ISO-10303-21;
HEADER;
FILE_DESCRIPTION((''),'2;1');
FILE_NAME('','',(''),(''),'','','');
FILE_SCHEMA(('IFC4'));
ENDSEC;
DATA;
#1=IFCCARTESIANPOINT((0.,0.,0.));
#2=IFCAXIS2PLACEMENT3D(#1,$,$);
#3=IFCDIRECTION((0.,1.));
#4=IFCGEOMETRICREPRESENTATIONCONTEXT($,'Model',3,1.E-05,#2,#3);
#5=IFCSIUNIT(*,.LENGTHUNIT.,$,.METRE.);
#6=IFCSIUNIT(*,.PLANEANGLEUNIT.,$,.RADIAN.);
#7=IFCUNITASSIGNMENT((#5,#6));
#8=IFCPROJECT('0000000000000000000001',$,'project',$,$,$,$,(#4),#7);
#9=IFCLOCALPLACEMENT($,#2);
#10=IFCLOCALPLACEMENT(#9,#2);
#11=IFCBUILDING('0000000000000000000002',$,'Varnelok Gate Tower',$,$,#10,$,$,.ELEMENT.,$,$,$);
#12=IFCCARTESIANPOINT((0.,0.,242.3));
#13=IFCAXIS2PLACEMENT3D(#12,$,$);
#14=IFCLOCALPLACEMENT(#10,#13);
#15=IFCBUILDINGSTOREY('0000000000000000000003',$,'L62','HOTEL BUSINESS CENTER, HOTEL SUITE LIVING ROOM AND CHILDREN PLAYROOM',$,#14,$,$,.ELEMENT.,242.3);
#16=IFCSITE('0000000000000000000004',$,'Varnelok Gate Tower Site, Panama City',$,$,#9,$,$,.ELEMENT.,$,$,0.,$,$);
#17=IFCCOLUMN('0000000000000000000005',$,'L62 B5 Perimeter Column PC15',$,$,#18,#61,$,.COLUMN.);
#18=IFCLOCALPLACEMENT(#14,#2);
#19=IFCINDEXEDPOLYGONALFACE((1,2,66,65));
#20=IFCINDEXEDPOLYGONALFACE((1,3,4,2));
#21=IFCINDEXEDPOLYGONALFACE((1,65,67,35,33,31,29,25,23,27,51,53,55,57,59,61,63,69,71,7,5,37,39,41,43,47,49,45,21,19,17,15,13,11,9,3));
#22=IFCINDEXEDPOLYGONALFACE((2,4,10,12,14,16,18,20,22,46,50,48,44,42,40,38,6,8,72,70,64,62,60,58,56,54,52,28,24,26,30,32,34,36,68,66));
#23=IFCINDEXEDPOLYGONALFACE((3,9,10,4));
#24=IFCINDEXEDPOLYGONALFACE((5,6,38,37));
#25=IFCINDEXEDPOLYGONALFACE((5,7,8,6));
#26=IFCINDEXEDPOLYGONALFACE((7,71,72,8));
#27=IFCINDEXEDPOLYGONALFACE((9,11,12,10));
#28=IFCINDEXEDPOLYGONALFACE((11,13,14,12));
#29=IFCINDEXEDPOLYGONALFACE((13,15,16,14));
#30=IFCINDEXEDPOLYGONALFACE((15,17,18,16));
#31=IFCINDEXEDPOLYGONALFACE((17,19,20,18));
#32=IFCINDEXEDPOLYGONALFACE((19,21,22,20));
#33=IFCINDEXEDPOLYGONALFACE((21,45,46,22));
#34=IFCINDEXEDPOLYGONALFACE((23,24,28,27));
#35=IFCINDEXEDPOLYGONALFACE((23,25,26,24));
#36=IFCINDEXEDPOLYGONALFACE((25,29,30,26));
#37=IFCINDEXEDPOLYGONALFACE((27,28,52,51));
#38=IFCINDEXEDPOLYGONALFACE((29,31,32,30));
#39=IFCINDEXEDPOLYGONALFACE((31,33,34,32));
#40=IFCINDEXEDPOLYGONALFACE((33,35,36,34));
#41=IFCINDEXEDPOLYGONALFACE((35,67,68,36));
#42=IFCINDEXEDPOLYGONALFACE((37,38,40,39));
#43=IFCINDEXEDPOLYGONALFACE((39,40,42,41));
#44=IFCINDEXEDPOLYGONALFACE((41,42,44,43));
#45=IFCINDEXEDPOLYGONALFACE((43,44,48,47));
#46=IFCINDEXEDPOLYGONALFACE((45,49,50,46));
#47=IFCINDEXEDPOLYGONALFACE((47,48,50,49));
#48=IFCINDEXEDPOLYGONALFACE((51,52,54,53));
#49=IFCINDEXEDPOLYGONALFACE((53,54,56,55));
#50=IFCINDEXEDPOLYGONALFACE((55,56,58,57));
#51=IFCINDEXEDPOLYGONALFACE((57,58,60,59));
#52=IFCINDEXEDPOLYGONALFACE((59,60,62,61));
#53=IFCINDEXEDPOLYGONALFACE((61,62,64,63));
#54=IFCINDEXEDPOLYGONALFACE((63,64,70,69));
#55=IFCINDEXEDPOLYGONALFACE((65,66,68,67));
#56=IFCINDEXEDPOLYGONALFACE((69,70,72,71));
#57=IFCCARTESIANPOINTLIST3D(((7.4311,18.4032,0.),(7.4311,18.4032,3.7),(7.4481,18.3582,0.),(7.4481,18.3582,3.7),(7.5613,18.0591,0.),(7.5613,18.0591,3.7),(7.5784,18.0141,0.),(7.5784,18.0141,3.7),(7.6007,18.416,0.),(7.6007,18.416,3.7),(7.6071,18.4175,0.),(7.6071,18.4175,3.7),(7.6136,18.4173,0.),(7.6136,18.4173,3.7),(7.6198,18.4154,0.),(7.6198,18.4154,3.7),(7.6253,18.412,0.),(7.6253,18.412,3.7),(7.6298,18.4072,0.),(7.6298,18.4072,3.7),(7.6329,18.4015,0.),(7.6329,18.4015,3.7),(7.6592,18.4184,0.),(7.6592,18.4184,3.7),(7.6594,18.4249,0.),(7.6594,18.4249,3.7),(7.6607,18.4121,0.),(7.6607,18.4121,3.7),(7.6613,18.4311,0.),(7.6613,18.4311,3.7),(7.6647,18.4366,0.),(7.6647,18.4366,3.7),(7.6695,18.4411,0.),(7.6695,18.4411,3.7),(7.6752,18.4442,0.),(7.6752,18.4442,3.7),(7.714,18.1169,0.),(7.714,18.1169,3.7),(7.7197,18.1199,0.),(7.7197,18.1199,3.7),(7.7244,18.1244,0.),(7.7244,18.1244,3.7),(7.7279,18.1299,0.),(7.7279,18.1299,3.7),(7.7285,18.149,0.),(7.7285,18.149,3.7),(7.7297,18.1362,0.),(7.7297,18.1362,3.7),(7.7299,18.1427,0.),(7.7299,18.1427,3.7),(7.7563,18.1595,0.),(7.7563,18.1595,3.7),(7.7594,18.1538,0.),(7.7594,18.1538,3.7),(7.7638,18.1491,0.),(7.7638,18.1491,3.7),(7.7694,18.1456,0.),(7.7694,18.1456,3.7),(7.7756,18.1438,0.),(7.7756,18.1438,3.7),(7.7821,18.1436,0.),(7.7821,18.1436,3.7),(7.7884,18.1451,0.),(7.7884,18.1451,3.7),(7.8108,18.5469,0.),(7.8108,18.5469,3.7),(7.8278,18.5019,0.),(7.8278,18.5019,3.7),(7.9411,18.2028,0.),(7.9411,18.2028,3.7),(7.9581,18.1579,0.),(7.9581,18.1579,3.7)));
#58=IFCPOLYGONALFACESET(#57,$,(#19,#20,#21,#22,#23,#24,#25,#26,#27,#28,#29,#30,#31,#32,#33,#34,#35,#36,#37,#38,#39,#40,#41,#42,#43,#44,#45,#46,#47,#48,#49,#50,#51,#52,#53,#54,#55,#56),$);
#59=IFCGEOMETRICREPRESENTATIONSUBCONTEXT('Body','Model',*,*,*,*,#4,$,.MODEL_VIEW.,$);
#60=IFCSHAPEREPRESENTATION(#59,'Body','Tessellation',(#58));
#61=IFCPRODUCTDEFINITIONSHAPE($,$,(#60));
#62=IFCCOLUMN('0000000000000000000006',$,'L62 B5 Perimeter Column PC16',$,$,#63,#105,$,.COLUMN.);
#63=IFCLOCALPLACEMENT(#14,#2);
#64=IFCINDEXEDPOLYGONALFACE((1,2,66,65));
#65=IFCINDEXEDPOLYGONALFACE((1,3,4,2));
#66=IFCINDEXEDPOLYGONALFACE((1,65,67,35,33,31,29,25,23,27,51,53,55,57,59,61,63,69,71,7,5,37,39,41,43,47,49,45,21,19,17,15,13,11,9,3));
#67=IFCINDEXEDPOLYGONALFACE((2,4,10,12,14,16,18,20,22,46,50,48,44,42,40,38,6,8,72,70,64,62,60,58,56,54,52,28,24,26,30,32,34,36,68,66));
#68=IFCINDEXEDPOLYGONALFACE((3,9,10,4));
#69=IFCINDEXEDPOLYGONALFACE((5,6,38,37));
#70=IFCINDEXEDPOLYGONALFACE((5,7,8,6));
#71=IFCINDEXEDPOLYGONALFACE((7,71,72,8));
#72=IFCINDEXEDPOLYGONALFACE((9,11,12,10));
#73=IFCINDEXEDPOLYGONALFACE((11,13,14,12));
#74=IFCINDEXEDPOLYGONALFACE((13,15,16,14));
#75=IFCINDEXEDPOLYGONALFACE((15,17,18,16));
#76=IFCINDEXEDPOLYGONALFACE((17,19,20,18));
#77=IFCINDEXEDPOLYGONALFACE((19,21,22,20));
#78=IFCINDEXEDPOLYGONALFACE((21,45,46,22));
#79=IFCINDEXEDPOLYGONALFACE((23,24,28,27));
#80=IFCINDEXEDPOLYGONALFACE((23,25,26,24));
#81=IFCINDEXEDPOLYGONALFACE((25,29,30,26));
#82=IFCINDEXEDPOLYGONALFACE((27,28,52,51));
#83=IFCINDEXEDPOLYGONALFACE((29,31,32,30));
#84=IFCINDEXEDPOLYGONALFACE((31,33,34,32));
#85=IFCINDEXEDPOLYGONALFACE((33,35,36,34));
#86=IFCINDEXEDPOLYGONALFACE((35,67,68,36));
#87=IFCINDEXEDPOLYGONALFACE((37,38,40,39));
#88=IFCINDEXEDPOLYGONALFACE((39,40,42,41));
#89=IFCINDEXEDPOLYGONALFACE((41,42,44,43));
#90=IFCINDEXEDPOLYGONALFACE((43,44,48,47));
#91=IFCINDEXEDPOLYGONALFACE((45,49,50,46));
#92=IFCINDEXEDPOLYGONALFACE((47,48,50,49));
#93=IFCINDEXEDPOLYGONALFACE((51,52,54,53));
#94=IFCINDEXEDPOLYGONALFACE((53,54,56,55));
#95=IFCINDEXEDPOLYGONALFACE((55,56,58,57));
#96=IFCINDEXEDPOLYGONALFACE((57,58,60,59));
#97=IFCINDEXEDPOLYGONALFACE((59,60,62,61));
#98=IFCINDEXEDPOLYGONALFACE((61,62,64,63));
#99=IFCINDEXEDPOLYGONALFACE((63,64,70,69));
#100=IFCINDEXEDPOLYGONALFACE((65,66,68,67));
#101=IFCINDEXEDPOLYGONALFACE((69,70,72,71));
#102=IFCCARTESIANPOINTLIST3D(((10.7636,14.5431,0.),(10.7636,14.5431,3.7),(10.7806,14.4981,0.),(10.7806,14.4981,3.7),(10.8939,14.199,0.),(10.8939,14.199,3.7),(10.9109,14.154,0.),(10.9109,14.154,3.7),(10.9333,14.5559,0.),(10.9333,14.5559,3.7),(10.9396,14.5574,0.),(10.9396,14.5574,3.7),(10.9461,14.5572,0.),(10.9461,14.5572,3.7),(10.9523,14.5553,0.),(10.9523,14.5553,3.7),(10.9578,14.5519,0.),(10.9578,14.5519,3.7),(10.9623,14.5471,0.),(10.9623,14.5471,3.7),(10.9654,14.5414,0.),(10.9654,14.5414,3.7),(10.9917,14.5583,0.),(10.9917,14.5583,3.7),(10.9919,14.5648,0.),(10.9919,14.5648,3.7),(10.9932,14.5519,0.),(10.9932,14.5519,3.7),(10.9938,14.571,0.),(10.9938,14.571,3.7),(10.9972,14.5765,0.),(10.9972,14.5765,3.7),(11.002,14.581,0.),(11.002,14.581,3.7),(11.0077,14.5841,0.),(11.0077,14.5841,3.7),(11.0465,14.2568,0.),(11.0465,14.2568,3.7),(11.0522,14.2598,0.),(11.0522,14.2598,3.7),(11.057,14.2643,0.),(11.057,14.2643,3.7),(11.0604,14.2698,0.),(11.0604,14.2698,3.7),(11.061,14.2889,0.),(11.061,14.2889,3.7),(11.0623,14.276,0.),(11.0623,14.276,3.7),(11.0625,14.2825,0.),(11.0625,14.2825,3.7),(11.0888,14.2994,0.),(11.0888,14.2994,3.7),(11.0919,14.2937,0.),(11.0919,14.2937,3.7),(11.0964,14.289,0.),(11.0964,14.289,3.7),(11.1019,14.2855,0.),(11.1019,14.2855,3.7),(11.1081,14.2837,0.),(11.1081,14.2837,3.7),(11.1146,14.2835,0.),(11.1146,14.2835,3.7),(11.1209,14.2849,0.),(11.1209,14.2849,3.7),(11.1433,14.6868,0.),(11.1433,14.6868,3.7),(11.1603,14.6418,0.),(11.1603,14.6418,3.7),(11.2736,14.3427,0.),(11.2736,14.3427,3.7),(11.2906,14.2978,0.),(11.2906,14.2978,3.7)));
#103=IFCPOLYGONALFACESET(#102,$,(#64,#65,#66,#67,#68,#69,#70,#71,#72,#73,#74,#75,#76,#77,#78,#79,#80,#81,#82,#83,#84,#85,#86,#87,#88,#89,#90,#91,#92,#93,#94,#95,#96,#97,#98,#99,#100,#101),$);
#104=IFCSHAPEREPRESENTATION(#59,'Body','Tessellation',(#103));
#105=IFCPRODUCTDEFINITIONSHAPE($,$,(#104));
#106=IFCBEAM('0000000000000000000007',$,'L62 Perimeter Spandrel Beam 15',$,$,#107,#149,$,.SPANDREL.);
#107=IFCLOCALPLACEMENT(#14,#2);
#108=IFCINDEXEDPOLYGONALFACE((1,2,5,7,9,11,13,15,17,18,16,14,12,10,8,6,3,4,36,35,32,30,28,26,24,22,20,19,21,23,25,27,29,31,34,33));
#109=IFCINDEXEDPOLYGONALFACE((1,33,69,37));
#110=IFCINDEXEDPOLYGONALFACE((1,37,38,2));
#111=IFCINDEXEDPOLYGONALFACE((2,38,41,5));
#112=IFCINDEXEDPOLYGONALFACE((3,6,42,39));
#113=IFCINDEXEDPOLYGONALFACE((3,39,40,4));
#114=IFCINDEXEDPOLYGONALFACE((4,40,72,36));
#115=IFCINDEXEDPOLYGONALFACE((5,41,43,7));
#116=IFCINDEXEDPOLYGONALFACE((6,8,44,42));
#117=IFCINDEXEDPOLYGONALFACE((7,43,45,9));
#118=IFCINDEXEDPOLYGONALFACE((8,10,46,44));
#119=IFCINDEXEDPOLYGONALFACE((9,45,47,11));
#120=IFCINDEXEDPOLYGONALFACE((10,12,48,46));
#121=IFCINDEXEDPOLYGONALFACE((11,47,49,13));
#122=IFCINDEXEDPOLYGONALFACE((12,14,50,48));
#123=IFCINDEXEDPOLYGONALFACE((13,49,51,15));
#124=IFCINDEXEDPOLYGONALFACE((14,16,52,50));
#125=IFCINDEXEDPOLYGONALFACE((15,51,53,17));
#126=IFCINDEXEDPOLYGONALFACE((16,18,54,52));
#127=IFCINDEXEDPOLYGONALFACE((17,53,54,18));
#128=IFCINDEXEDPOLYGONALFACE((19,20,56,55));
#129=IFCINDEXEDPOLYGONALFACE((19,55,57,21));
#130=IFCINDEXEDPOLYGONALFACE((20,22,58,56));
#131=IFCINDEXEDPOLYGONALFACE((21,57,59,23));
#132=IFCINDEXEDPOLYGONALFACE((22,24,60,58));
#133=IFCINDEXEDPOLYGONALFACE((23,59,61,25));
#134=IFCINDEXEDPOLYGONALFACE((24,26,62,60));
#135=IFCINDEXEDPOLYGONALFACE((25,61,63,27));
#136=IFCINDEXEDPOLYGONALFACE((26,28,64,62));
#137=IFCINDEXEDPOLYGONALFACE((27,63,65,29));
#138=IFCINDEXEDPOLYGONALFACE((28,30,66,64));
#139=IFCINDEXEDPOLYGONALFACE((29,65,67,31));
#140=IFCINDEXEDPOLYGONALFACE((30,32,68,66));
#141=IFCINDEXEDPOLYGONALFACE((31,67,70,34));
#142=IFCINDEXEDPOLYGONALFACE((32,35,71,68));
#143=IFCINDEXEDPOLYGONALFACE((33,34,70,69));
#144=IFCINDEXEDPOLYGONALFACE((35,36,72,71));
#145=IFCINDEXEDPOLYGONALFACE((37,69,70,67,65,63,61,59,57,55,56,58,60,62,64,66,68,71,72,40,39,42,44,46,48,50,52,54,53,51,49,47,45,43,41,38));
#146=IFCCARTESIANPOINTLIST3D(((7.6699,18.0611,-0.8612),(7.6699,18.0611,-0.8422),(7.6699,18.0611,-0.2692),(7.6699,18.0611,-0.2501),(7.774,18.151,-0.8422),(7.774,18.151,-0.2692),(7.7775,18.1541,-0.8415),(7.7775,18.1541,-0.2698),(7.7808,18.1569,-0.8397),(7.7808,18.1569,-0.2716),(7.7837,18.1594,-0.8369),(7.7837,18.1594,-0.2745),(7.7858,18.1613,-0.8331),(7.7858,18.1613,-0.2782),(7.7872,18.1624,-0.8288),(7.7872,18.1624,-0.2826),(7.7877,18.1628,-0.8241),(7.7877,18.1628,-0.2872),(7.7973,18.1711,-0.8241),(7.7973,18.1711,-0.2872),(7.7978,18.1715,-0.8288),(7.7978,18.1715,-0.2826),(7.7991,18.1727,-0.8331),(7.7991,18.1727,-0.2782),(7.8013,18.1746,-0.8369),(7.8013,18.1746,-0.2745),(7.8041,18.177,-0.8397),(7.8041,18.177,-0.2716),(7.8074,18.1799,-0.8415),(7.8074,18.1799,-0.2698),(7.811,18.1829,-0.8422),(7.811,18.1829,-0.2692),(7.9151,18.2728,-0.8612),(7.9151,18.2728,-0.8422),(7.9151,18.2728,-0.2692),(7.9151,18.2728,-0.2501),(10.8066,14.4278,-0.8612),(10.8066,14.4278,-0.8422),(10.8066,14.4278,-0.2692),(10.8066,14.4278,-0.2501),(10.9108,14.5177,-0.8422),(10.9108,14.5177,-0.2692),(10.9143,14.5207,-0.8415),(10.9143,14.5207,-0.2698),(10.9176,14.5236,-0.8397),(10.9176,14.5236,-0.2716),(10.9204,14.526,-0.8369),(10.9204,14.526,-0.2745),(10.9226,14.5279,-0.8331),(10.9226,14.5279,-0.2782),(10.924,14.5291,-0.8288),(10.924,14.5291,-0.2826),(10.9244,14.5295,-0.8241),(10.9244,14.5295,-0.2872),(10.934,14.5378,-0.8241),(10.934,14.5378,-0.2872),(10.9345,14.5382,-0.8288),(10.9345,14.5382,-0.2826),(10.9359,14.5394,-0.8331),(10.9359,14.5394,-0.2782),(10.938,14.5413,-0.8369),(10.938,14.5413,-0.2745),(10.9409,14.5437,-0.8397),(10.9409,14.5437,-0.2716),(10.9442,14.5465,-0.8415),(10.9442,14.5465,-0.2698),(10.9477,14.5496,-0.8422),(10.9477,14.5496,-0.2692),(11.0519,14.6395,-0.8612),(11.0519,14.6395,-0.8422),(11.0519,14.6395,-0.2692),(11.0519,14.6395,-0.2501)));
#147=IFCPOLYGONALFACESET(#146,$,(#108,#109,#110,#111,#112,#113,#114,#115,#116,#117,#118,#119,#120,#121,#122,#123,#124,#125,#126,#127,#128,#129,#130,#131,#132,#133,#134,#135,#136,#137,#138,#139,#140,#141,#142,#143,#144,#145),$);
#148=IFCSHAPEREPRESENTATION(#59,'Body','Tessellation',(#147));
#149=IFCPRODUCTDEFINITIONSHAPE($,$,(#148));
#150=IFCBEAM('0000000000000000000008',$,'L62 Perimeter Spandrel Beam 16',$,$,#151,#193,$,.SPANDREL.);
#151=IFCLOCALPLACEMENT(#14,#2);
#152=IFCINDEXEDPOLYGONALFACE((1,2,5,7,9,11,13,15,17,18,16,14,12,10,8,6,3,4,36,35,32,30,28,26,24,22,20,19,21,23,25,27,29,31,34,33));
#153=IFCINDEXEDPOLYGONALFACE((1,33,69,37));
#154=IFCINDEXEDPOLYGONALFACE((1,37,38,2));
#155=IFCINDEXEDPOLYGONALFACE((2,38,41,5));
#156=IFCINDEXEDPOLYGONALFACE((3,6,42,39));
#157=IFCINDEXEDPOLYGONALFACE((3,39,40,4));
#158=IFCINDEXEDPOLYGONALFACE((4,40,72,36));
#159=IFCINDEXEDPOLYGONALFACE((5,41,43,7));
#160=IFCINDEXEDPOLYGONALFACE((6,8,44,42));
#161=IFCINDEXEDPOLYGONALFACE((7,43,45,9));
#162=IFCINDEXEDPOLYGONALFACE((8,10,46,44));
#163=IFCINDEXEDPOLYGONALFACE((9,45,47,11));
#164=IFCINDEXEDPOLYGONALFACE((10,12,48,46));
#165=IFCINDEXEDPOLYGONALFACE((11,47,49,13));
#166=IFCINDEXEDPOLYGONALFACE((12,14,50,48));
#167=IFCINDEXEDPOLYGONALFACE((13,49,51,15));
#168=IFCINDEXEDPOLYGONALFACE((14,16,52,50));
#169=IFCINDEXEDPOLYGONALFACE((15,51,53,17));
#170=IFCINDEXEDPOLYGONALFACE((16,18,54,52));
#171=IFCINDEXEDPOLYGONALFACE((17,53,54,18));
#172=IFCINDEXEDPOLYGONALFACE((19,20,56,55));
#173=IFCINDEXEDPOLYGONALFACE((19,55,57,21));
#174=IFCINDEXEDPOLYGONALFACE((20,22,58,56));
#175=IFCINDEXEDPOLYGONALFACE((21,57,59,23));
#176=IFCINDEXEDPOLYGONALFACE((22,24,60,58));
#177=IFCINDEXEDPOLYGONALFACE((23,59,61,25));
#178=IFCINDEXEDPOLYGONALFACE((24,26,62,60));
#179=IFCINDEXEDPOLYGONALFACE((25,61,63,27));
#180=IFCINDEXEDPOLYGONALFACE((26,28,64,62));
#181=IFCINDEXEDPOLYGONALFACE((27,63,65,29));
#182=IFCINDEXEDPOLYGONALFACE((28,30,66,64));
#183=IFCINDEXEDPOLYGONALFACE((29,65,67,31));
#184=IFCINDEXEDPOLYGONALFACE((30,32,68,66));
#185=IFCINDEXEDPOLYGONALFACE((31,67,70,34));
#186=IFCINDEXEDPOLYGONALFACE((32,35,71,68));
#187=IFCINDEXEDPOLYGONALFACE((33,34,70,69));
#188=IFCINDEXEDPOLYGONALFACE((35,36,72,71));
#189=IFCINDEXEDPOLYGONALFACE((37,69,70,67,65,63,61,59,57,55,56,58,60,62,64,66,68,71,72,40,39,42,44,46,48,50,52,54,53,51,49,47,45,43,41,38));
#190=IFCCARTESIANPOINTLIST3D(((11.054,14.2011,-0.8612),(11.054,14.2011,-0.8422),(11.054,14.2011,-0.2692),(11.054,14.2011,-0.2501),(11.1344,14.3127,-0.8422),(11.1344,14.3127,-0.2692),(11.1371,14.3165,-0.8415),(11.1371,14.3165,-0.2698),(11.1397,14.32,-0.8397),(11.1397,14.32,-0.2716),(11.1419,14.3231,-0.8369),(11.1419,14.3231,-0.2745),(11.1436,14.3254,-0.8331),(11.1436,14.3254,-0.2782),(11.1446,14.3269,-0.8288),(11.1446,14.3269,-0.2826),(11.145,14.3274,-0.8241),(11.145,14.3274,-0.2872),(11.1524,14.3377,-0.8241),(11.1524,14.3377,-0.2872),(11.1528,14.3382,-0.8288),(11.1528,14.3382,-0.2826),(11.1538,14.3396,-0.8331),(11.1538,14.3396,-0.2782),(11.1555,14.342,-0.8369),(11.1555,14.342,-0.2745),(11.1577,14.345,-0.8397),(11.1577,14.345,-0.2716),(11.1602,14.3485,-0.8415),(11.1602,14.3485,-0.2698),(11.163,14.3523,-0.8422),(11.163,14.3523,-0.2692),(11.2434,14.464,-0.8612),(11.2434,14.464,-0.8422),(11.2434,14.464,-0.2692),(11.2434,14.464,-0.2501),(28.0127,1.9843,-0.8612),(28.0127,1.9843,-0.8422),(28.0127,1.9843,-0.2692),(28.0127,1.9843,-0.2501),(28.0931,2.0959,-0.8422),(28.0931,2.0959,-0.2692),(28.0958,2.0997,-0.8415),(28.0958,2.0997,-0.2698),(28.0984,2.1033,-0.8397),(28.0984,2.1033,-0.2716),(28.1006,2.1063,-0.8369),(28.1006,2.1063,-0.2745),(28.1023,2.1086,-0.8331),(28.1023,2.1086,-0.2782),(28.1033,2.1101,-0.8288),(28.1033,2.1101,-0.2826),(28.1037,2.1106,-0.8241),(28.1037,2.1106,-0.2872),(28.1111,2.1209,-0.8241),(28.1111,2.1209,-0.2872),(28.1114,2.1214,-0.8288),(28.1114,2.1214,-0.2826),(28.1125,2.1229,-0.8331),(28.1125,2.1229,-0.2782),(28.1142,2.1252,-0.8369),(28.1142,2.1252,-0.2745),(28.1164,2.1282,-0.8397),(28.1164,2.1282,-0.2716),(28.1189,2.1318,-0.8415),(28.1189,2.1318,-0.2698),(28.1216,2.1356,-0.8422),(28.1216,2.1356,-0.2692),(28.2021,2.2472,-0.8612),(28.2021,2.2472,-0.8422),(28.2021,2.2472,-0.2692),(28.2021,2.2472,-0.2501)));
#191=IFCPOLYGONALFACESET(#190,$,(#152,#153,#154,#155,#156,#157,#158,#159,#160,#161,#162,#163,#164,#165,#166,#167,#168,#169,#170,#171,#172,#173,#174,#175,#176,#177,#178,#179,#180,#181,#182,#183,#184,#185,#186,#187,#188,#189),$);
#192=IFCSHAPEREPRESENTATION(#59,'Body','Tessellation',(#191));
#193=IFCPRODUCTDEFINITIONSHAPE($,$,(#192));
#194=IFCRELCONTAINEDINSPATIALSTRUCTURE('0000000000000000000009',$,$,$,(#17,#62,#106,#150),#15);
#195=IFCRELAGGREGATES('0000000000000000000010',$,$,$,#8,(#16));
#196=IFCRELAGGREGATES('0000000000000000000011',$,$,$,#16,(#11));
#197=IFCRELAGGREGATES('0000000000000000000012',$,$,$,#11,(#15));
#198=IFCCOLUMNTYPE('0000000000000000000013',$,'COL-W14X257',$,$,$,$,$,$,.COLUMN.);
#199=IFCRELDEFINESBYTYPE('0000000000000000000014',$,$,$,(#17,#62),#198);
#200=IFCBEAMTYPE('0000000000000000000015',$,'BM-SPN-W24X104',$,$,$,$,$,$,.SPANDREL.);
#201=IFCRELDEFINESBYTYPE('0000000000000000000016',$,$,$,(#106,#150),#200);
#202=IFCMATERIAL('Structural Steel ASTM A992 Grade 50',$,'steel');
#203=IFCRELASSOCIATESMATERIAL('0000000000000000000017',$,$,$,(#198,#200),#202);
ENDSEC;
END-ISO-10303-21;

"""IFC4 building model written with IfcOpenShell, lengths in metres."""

from ifc_helpers import new_model, si_unit, direction, frame, origin, origin_2d, place, context, subcontext, project, spatial, i_section, extrude, material, material_profile, profile_set, type_object, element, save


model = new_model("IFC4")

# Units and contexts
model_context = context("Model", 3, precision=1e-05, world=origin(), true_north=direction((0.0, 1.0)))
body_context = subcontext(model_context, "Body", "Model", "MODEL_VIEW")
ifc_project = project(units=[si_unit("LENGTHUNIT", "METRE"), si_unit("PLANEANGLEUNIT", "RADIAN")], contexts=[model_context])

# Site, building, storey
site_placement = place(None, origin())
site = spatial("IfcSite", under=ifc_project, at=site_placement, Name="Varnelok Gate Tower Site, Panama City", CompositionType="ELEMENT", RefElevation=0.0)
building_placement = place(site_placement, origin())
building = spatial("IfcBuilding", under=site, at=building_placement, Name="Varnelok Gate Tower", CompositionType="ELEMENT")
storey_placement = place(building_placement, frame((0.0, 0.0, 242.3)))
storey = spatial("IfcBuildingStorey", under=building, at=storey_placement, Name="L62", Description="HOTEL BUSINESS CENTER, HOTEL SUITE LIVING ROOM AND CHILDREN PLAYROOM", CompositionType="ELEMENT", Elevation=242.3)

# Columns
ifc_material_1 = material(Name="Structural Steel ASTM A992 Grade 50", Category="steel")
ifc_material_profile_1 = material_profile(ifc_material_1, i_section(OverallWidth=0.406, OverallDepth=0.416, WebThickness=0.0298, FlangeThickness=0.0481, FilletRadius=0.0249, at=origin_2d()), Name="W14X257")
ifc_profile_set_1 = profile_set([ifc_material_profile_1], Name="Structural Steel ASTM A992 Grade 50")
column_type = type_object("IfcColumnType", Name="COL-W14X257", PredefinedType="COLUMN", material=ifc_profile_set_1)
for number, where, z_axis, x_axis, name in (
    (1, (7.6946, 18.2805, 0.0), (0.0, 0.0, 1.0), (0.935222, 0.354063, 0.0), "L62 B5 Perimeter Column PC15"),
    (2, (11.0271, 14.4204, 0.0), (0.0, 0.0, 1.0), (0.935222, 0.354063, 0.0), "L62 B5 Perimeter Column PC16"),
):
    element("IfcColumn", number, at=place(storey_placement, frame(where, z_axis=z_axis, x_axis=x_axis)), inside=storey, type_object=column_type, Name=name, PredefinedType="COLUMN", context=body_context, shape_type="SweptSolid", body=[
        extrude(i_section(OverallWidth=0.406, OverallDepth=0.416, WebThickness=0.0298, FlangeThickness=0.0481, FilletRadius=0.0249, at=origin_2d()), origin(), (0.0, 0.0, 1.0), 3.7),
    ])

# Beams
ifc_material_profile_2 = material_profile(ifc_material_1, i_section(OverallWidth=0.324, OverallDepth=0.6111, WebThickness=0.0127, FlangeThickness=0.019, FilletRadius=0.0181, at=origin_2d()), Name="W24X104")
ifc_profile_set_2 = profile_set([ifc_material_profile_2], Name="Structural Steel ASTM A992 Grade 50")
beam_type = type_object("IfcBeamType", Name="BM-SPN-W24X104", PredefinedType="SPANDREL", material=ifc_profile_set_2)
beam_1_placement = place(storey_placement, frame((7.7925, 18.167, -0.5557), z_axis=(0.653485, -0.75694, 0.0), x_axis=(0.75694, 0.653485, 0.0)))
element("IfcBeam", 3, at=beam_1_placement, inside=storey, type_object=beam_type, Name="L62 Perimeter Spandrel Beam 15", PredefinedType="SPANDREL", context=body_context, shape_type="SweptSolid", body=[
    extrude(i_section(OverallWidth=0.324, OverallDepth=0.6111, WebThickness=0.0127, FlangeThickness=0.019, FilletRadius=0.0181, at=origin_2d()), origin(), (0.0, 0.0, 1.0), 4.8),
])
beam_2_placement = place(storey_placement, frame((11.1487, 14.3325, -0.5557), z_axis=(0.811387, -0.58451, 0.0), x_axis=(0.58451, 0.811387, 0.0)))
element("IfcBeam", 4, at=beam_2_placement, inside=storey, type_object=beam_type, Name="L62 Perimeter Spandrel Beam 16", PredefinedType="SPANDREL", context=body_context, shape_type="SweptSolid", body=[
    extrude(i_section(OverallWidth=0.324, OverallDepth=0.6111, WebThickness=0.0127, FlangeThickness=0.019, FilletRadius=0.0181, at=origin_2d()), origin(), (0.0, 0.0, 1.0), 20.9009),
])

save(model, "model.ifc")
